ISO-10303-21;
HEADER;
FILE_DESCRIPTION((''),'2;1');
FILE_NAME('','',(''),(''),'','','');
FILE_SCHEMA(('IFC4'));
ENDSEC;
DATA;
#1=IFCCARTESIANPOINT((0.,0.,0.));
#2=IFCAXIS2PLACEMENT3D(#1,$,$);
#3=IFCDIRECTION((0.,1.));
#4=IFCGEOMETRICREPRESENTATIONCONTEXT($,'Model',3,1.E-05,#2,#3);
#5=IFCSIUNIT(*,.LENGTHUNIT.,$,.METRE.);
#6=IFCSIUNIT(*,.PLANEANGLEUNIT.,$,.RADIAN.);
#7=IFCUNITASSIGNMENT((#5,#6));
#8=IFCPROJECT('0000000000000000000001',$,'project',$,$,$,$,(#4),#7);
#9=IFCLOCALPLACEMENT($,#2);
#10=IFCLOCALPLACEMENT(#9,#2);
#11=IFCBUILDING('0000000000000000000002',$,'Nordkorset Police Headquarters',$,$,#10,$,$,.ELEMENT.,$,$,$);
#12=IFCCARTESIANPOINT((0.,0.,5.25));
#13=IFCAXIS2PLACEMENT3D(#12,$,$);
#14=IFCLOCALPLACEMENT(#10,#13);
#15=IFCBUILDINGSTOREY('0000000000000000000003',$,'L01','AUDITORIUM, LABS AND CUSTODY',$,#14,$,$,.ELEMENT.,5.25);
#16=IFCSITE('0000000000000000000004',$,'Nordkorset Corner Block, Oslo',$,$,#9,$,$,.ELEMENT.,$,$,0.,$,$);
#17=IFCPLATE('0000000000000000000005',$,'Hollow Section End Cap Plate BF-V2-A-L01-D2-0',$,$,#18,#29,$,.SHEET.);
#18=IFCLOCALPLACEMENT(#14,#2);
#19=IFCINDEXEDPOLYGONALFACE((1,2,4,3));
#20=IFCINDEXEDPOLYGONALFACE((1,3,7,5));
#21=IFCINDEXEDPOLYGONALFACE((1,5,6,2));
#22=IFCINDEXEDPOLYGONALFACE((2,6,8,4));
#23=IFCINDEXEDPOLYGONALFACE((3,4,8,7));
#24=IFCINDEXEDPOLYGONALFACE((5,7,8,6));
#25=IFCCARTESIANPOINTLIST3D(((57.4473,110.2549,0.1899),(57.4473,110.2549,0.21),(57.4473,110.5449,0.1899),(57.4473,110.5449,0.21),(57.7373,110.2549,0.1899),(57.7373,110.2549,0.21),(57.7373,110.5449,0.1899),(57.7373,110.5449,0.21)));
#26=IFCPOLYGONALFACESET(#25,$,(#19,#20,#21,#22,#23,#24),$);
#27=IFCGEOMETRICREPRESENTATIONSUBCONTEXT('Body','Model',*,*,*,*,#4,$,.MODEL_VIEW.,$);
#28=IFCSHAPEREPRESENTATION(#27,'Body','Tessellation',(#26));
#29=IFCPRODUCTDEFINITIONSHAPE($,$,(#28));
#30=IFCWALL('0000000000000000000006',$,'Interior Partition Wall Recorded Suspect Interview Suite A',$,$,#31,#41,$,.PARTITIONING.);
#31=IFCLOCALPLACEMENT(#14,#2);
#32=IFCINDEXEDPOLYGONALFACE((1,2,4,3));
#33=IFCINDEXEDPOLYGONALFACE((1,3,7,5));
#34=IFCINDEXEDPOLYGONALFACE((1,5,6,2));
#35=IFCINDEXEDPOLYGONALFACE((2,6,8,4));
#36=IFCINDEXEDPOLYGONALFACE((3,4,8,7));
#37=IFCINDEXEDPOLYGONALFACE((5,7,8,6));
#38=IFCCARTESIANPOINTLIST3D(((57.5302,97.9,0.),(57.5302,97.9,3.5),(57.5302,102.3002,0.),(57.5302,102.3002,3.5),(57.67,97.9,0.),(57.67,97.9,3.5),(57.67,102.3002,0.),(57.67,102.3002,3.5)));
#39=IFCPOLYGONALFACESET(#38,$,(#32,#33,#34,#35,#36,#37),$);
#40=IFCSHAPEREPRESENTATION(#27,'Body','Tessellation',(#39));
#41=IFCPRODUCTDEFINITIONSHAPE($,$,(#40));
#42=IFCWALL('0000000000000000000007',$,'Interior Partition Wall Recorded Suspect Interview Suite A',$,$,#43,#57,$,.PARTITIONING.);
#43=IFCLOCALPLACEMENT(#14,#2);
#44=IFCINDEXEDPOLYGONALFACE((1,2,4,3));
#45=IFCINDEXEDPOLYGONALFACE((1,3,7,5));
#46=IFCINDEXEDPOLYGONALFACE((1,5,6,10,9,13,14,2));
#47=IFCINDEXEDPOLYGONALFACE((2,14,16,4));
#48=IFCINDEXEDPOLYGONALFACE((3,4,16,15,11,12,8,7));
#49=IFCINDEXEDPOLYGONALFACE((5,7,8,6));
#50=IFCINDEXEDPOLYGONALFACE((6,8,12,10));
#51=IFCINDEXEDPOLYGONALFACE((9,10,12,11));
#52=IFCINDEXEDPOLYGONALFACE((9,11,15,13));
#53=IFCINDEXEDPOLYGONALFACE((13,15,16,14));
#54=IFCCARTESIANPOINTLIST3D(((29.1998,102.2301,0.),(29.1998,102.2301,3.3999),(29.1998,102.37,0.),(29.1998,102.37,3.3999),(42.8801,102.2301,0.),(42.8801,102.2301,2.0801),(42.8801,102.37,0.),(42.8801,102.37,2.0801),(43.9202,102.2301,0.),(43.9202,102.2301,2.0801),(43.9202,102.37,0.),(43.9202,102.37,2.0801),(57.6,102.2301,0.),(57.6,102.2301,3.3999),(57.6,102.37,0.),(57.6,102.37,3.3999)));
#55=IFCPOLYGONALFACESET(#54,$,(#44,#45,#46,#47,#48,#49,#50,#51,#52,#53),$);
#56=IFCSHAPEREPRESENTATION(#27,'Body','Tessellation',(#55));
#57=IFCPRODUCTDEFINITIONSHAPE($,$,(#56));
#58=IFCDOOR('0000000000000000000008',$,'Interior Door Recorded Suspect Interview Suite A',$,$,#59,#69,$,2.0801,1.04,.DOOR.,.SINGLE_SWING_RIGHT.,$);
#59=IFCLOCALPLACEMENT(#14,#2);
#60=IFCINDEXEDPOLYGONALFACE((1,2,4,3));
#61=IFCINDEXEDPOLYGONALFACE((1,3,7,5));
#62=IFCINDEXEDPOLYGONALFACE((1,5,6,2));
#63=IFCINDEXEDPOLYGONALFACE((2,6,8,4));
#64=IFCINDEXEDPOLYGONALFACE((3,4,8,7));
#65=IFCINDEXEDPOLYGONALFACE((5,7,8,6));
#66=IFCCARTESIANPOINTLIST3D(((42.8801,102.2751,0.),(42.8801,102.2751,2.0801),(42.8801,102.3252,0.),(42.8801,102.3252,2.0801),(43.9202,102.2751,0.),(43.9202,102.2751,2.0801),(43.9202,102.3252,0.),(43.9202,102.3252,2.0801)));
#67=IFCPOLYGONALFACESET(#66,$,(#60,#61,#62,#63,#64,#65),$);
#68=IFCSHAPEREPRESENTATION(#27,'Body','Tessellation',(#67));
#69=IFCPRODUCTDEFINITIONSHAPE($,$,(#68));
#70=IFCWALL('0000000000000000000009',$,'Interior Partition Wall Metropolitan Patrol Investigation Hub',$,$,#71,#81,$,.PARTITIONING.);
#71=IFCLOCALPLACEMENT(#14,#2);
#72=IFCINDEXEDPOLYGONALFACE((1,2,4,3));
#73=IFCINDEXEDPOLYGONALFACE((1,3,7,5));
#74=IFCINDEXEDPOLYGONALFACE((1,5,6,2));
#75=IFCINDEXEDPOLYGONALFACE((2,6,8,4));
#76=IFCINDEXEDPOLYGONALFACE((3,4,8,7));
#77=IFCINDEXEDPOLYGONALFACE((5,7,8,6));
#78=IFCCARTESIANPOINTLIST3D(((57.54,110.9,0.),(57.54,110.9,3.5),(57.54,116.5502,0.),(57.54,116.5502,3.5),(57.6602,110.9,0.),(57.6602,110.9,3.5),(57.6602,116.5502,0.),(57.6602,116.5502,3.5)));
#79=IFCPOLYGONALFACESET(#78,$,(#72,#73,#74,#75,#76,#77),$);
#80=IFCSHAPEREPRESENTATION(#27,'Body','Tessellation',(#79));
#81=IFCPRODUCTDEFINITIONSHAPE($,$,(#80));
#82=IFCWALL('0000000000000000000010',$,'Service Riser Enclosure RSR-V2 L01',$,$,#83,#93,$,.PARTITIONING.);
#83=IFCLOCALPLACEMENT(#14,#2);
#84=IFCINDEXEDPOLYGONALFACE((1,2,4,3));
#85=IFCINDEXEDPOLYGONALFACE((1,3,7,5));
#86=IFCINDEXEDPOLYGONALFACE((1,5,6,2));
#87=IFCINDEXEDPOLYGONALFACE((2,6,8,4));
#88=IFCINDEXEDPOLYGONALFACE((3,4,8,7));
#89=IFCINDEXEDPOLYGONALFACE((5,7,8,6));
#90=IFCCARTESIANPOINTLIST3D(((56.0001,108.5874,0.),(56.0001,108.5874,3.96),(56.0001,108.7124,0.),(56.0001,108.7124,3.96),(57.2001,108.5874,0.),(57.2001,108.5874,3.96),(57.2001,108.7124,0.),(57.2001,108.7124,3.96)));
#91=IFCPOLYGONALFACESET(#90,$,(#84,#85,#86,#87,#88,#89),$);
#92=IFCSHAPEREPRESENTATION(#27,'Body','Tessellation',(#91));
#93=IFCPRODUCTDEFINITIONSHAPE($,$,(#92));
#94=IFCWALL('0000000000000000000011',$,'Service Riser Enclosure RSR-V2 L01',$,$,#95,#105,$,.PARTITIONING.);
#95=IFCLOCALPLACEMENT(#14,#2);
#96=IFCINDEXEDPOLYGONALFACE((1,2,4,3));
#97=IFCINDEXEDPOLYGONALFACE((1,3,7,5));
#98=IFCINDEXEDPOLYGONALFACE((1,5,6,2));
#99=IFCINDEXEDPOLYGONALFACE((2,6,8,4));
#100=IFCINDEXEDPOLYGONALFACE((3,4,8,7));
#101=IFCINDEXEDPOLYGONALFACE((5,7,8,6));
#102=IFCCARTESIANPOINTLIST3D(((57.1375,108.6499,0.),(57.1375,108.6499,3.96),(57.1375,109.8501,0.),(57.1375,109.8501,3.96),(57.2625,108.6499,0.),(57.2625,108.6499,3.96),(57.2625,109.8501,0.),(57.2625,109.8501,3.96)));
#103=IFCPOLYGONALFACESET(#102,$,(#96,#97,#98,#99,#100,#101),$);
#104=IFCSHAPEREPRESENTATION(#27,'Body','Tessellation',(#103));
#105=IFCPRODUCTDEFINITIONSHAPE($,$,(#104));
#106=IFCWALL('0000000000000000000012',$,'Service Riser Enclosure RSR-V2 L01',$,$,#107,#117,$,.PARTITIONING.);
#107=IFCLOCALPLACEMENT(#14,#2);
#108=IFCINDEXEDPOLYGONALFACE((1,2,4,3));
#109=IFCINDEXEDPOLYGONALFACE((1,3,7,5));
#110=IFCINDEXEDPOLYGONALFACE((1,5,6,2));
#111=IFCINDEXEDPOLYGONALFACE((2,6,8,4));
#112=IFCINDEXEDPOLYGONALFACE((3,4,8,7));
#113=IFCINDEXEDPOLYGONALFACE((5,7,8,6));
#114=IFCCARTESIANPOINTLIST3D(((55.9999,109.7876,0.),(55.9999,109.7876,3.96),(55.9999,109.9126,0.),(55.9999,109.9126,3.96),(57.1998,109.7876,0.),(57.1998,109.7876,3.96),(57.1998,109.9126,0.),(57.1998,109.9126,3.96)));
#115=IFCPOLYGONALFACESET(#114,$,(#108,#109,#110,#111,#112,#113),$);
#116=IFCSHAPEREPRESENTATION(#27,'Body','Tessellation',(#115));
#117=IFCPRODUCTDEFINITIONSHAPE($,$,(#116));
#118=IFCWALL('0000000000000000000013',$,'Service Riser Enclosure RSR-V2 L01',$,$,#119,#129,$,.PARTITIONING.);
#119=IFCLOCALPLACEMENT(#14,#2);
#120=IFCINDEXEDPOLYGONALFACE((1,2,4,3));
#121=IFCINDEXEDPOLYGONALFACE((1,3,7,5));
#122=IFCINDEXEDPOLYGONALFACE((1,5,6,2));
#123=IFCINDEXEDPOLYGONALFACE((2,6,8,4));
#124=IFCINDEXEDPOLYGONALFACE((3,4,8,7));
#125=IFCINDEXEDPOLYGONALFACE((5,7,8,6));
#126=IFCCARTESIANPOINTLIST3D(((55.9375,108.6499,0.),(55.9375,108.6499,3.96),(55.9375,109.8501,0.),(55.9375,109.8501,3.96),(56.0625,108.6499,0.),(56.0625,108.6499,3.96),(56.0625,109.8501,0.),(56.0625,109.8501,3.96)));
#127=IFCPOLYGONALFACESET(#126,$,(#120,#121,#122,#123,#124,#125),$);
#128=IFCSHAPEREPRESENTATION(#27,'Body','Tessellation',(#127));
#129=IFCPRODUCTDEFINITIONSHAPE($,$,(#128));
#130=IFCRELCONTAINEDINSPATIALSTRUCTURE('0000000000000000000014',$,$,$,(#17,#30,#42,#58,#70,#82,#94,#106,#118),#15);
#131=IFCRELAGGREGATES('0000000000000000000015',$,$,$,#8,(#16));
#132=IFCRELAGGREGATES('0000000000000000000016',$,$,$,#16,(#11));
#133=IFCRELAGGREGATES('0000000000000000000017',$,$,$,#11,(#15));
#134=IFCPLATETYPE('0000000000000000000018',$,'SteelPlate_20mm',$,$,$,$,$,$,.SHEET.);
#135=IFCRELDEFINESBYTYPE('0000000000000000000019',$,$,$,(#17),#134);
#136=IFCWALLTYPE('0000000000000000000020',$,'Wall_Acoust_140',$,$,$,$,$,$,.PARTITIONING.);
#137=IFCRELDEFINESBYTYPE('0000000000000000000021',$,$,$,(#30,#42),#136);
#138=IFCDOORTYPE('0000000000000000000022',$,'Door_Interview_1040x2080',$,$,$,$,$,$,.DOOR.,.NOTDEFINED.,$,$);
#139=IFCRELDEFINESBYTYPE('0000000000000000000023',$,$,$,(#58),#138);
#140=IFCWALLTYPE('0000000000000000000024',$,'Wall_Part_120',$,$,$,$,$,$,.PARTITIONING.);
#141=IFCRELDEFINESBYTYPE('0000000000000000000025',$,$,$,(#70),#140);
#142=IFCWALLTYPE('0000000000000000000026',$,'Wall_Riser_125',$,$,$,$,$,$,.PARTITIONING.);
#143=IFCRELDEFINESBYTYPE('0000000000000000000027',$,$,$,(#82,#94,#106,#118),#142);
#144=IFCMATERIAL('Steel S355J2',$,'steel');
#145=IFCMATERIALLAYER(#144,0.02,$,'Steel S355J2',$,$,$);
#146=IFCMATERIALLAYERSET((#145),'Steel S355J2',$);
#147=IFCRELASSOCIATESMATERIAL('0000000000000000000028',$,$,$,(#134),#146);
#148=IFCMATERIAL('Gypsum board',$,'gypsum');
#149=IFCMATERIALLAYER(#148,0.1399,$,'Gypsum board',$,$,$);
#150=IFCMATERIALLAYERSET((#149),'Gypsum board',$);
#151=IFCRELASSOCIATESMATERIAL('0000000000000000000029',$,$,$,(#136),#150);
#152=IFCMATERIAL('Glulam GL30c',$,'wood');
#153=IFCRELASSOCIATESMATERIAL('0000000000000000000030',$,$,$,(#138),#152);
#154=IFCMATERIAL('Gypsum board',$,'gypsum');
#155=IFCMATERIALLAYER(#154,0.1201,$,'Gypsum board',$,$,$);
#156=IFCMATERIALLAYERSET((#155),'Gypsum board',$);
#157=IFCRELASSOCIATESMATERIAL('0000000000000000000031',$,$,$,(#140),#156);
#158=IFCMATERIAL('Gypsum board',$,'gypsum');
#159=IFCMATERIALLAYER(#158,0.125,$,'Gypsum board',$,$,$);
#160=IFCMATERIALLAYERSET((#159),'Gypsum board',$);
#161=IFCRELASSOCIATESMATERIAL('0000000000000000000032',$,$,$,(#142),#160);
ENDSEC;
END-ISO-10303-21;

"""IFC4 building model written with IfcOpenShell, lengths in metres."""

from ifc_helpers import new_model, si_unit, direction, frame, frame_2d, origin, origin_2d, place, context, subcontext, project, spatial, rectangle, extrude, material, layer, layer_set, type_object, element, fill, save


model = new_model("IFC4")

# Units and contexts
model_context = context("Model", 3, precision=1e-05, world=origin(), true_north=direction((0.0, 1.0)))
body_context = subcontext(model_context, "Body", "Model", "MODEL_VIEW")
ifc_project = project(units=[si_unit("LENGTHUNIT", "METRE"), si_unit("PLANEANGLEUNIT", "RADIAN")], contexts=[model_context])

# Site, building, storey
site_placement = place(None, origin())
site = spatial("IfcSite", under=ifc_project, at=site_placement, Name="Nordkorset Corner Block, Oslo", CompositionType="ELEMENT", RefElevation=0.0)
building_placement = place(site_placement, origin())
building = spatial("IfcBuilding", under=site, at=building_placement, Name="Nordkorset Police Headquarters", CompositionType="ELEMENT")
storey_placement = place(building_placement, frame((0.0, 0.0, 5.25)))
storey = spatial("IfcBuildingStorey", under=building, at=storey_placement, Name="L01", Description="AUDITORIUM, LABS AND CUSTODY", CompositionType="ELEMENT", Elevation=5.25)

# Plate
ifc_material_1 = material(Name="Steel S355J2", Category="steel")
ifc_layer_1 = layer(ifc_material_1, 0.02, Name="Steel S355J2")
ifc_layer_set_1 = layer_set([ifc_layer_1], Name="Steel S355J2")
plate_type_1 = type_object("IfcPlateType", Name="SteelPlate_20mm", PredefinedType="SHEET", material=ifc_layer_set_1)
plate_1_placement = place(storey_placement, frame((57.5923, 110.3999, 0.1899), z_axis=(0.0, 0.0, 1.0), x_axis=(1.0, 0.0, 0.0)))
element("IfcPlate", 1, at=plate_1_placement, inside=storey, type_object=plate_type_1, Name="Hollow Section End Cap Plate BF-V2-A-L01-D2-0", PredefinedType="SHEET", context=body_context, shape_type="SweptSolid", body=[
    extrude(rectangle(XDim=0.29, YDim=0.29, at=origin_2d()), origin(), (0.0, 0.0, 1.0), 0.02),
])

# Wall
ifc_material_2 = material(Name="Gypsum board", Category="gypsum")
ifc_layer_2 = layer(ifc_material_2, 0.1399, Name="Gypsum board")
ifc_layer_set_2 = layer_set([ifc_layer_2], Name="Gypsum board")
wall_type_1 = type_object("IfcWallType", Name="Wall_Acoust_140", PredefinedType="PARTITIONING", material=ifc_layer_set_2)
wall_1_placement = place(storey_placement, frame((57.6001, 97.8999, 0.0), z_axis=(0.0, 0.0, 1.0), x_axis=(0.0, 1.0, 0.0)))
element("IfcWall", 2, at=wall_1_placement, inside=storey, type_object=wall_type_1, Name="Interior Partition Wall Recorded Suspect Interview Suite A", PredefinedType="PARTITIONING", context=body_context, shape_type="SweptSolid", body=[
    extrude(rectangle(XDim=4.4001, YDim=0.1399, at=frame_2d((2.2002, 0.0))), origin(), (0.0, 0.0, 1.0), 3.5),
])

# Wall, opening, door
wall_2_placement = place(storey_placement, frame((57.6001, 102.3, 0.0), z_axis=(0.0, 0.0, 1.0), x_axis=(-1.0, 0.0, 0.0)))
wall_2 = element("IfcWall", 3, at=wall_2_placement, inside=storey, type_object=wall_type_1, Name="Interior Partition Wall Recorded Suspect Interview Suite A", PredefinedType="PARTITIONING", context=body_context, shape_type="SweptSolid", body=[
    extrude(rectangle(XDim=28.4001, YDim=0.1399, at=frame_2d((14.2002, 0.0))), origin(), (0.0, 0.0, 1.0), 3.3999),
])
opening_placement = place(wall_2_placement, frame((13.6799, 0.0, 0.0)))
opening = element("IfcOpeningElement", 4, at=opening_placement, cuts=wall_2, PredefinedType="OPENING", context=body_context, shape_type="SweptSolid", body=[
    extrude(rectangle(XDim=1.04, YDim=2.0801, at=frame_2d((0.52, 1.04))), frame((0.0, 0.0801, 0.0), z_axis=(0.0, -1.0, 0.0), x_axis=(1.0, 0.0, 0.0)), (0.0, 0.0, 1.0), 0.1599),
])
ifc_material_3 = material(Name="Glulam GL30c", Category="wood")
door_type = type_object("IfcDoorType", Name="Door_Interview_1040x2080", OperationType="NOTDEFINED", PredefinedType="DOOR", material=ifc_material_3)
door_placement = place(opening_placement, origin())
door = element("IfcDoor", 5, at=door_placement, inside=storey, type_object=door_type, Name="Interior Door Recorded Suspect Interview Suite A", OperationType="SINGLE_SWING_RIGHT", OverallHeight=2.0801, OverallWidth=1.04, PredefinedType="DOOR", context=body_context, shape_type="SweptSolid", body=[
    extrude(rectangle(XDim=1.04, YDim=2.0801, at=frame_2d((0.52, 1.04))), frame((0.0, 0.0249, 0.0), z_axis=(0.0, -1.0, 0.0), x_axis=(1.0, 0.0, 0.0)), (0.0, 0.0, 1.0), 0.05),
])
fill(opening, door)

# Walls
ifc_material_4 = material(Name="Gypsum board", Category="gypsum")
ifc_layer_3 = layer(ifc_material_4, 0.1201, Name="Gypsum board")
ifc_layer_set_3 = layer_set([ifc_layer_3], Name="Gypsum board")
wall_type_2 = type_object("IfcWallType", Name="Wall_Part_120", PredefinedType="PARTITIONING", material=ifc_layer_set_3)
wall_3_placement = place(storey_placement, frame((57.6001, 110.8999, 0.0), z_axis=(0.0, 0.0, 1.0), x_axis=(0.0, 1.0, 0.0)))
element("IfcWall", 6, at=wall_3_placement, inside=storey, type_object=wall_type_2, Name="Interior Partition Wall Metropolitan Patrol Investigation Hub", PredefinedType="PARTITIONING", context=body_context, shape_type="SweptSolid", body=[
    extrude(rectangle(XDim=5.6501, YDim=0.1201, at=frame_2d((2.8252, 0.0))), origin(), (0.0, 0.0, 1.0), 3.5),
])
ifc_material_5 = material(Name="Gypsum board", Category="gypsum")
ifc_layer_4 = layer(ifc_material_5, 0.125, Name="Gypsum board")
ifc_layer_set_4 = layer_set([ifc_layer_4], Name="Gypsum board")
wall_type_3 = type_object("IfcWallType", Name="Wall_Riser_125", PredefinedType="PARTITIONING", material=ifc_layer_set_4)
wall_4_placement = place(storey_placement, frame((56.0, 108.6499, 0.0), z_axis=(0.0, 0.0, 1.0), x_axis=(1.0, 0.0, 0.0)))
element("IfcWall", 7, at=wall_4_placement, inside=storey, type_object=wall_type_3, Name="Service Riser Enclosure RSR-V2 L01", PredefinedType="PARTITIONING", context=body_context, shape_type="SweptSolid", body=[
    extrude(rectangle(XDim=1.2, YDim=0.125, at=frame_2d((0.6001, 0.0))), origin(), (0.0, 0.0, 1.0), 3.96),
])
wall_5_placement = place(storey_placement, frame((57.2, 108.6499, 0.0), z_axis=(0.0, 0.0, 1.0), x_axis=(0.0, 1.0, 0.0)))
element("IfcWall", 8, at=wall_5_placement, inside=storey, type_object=wall_type_3, Name="Service Riser Enclosure RSR-V2 L01", PredefinedType="PARTITIONING", context=body_context, shape_type="SweptSolid", body=[
    extrude(rectangle(XDim=1.2002, YDim=0.125, at=frame_2d((0.6001, 0.0))), origin(), (0.0, 0.0, 1.0), 3.96),
])
wall_6_placement = place(storey_placement, frame((57.2, 109.8501, 0.0), z_axis=(0.0, 0.0, 1.0), x_axis=(-1.0, 0.0, 0.0)))
element("IfcWall", 9, at=wall_6_placement, inside=storey, type_object=wall_type_3, Name="Service Riser Enclosure RSR-V2 L01", PredefinedType="PARTITIONING", context=body_context, shape_type="SweptSolid", body=[
    extrude(rectangle(XDim=1.2, YDim=0.125, at=frame_2d((0.6001, 0.0))), origin(), (0.0, 0.0, 1.0), 3.96),
])
wall_7_placement = place(storey_placement, frame((56.0, 109.8501, 0.0), z_axis=(0.0, 0.0, 1.0), x_axis=(0.0, -1.0, 0.0)))
element("IfcWall", 10, at=wall_7_placement, inside=storey, type_object=wall_type_3, Name="Service Riser Enclosure RSR-V2 L01", PredefinedType="PARTITIONING", context=body_context, shape_type="SweptSolid", body=[
    extrude(rectangle(XDim=1.2002, YDim=0.125, at=frame_2d((0.6001, 0.0))), origin(), (0.0, 0.0, 1.0), 3.96),
])

save(model, "model.ifc")
